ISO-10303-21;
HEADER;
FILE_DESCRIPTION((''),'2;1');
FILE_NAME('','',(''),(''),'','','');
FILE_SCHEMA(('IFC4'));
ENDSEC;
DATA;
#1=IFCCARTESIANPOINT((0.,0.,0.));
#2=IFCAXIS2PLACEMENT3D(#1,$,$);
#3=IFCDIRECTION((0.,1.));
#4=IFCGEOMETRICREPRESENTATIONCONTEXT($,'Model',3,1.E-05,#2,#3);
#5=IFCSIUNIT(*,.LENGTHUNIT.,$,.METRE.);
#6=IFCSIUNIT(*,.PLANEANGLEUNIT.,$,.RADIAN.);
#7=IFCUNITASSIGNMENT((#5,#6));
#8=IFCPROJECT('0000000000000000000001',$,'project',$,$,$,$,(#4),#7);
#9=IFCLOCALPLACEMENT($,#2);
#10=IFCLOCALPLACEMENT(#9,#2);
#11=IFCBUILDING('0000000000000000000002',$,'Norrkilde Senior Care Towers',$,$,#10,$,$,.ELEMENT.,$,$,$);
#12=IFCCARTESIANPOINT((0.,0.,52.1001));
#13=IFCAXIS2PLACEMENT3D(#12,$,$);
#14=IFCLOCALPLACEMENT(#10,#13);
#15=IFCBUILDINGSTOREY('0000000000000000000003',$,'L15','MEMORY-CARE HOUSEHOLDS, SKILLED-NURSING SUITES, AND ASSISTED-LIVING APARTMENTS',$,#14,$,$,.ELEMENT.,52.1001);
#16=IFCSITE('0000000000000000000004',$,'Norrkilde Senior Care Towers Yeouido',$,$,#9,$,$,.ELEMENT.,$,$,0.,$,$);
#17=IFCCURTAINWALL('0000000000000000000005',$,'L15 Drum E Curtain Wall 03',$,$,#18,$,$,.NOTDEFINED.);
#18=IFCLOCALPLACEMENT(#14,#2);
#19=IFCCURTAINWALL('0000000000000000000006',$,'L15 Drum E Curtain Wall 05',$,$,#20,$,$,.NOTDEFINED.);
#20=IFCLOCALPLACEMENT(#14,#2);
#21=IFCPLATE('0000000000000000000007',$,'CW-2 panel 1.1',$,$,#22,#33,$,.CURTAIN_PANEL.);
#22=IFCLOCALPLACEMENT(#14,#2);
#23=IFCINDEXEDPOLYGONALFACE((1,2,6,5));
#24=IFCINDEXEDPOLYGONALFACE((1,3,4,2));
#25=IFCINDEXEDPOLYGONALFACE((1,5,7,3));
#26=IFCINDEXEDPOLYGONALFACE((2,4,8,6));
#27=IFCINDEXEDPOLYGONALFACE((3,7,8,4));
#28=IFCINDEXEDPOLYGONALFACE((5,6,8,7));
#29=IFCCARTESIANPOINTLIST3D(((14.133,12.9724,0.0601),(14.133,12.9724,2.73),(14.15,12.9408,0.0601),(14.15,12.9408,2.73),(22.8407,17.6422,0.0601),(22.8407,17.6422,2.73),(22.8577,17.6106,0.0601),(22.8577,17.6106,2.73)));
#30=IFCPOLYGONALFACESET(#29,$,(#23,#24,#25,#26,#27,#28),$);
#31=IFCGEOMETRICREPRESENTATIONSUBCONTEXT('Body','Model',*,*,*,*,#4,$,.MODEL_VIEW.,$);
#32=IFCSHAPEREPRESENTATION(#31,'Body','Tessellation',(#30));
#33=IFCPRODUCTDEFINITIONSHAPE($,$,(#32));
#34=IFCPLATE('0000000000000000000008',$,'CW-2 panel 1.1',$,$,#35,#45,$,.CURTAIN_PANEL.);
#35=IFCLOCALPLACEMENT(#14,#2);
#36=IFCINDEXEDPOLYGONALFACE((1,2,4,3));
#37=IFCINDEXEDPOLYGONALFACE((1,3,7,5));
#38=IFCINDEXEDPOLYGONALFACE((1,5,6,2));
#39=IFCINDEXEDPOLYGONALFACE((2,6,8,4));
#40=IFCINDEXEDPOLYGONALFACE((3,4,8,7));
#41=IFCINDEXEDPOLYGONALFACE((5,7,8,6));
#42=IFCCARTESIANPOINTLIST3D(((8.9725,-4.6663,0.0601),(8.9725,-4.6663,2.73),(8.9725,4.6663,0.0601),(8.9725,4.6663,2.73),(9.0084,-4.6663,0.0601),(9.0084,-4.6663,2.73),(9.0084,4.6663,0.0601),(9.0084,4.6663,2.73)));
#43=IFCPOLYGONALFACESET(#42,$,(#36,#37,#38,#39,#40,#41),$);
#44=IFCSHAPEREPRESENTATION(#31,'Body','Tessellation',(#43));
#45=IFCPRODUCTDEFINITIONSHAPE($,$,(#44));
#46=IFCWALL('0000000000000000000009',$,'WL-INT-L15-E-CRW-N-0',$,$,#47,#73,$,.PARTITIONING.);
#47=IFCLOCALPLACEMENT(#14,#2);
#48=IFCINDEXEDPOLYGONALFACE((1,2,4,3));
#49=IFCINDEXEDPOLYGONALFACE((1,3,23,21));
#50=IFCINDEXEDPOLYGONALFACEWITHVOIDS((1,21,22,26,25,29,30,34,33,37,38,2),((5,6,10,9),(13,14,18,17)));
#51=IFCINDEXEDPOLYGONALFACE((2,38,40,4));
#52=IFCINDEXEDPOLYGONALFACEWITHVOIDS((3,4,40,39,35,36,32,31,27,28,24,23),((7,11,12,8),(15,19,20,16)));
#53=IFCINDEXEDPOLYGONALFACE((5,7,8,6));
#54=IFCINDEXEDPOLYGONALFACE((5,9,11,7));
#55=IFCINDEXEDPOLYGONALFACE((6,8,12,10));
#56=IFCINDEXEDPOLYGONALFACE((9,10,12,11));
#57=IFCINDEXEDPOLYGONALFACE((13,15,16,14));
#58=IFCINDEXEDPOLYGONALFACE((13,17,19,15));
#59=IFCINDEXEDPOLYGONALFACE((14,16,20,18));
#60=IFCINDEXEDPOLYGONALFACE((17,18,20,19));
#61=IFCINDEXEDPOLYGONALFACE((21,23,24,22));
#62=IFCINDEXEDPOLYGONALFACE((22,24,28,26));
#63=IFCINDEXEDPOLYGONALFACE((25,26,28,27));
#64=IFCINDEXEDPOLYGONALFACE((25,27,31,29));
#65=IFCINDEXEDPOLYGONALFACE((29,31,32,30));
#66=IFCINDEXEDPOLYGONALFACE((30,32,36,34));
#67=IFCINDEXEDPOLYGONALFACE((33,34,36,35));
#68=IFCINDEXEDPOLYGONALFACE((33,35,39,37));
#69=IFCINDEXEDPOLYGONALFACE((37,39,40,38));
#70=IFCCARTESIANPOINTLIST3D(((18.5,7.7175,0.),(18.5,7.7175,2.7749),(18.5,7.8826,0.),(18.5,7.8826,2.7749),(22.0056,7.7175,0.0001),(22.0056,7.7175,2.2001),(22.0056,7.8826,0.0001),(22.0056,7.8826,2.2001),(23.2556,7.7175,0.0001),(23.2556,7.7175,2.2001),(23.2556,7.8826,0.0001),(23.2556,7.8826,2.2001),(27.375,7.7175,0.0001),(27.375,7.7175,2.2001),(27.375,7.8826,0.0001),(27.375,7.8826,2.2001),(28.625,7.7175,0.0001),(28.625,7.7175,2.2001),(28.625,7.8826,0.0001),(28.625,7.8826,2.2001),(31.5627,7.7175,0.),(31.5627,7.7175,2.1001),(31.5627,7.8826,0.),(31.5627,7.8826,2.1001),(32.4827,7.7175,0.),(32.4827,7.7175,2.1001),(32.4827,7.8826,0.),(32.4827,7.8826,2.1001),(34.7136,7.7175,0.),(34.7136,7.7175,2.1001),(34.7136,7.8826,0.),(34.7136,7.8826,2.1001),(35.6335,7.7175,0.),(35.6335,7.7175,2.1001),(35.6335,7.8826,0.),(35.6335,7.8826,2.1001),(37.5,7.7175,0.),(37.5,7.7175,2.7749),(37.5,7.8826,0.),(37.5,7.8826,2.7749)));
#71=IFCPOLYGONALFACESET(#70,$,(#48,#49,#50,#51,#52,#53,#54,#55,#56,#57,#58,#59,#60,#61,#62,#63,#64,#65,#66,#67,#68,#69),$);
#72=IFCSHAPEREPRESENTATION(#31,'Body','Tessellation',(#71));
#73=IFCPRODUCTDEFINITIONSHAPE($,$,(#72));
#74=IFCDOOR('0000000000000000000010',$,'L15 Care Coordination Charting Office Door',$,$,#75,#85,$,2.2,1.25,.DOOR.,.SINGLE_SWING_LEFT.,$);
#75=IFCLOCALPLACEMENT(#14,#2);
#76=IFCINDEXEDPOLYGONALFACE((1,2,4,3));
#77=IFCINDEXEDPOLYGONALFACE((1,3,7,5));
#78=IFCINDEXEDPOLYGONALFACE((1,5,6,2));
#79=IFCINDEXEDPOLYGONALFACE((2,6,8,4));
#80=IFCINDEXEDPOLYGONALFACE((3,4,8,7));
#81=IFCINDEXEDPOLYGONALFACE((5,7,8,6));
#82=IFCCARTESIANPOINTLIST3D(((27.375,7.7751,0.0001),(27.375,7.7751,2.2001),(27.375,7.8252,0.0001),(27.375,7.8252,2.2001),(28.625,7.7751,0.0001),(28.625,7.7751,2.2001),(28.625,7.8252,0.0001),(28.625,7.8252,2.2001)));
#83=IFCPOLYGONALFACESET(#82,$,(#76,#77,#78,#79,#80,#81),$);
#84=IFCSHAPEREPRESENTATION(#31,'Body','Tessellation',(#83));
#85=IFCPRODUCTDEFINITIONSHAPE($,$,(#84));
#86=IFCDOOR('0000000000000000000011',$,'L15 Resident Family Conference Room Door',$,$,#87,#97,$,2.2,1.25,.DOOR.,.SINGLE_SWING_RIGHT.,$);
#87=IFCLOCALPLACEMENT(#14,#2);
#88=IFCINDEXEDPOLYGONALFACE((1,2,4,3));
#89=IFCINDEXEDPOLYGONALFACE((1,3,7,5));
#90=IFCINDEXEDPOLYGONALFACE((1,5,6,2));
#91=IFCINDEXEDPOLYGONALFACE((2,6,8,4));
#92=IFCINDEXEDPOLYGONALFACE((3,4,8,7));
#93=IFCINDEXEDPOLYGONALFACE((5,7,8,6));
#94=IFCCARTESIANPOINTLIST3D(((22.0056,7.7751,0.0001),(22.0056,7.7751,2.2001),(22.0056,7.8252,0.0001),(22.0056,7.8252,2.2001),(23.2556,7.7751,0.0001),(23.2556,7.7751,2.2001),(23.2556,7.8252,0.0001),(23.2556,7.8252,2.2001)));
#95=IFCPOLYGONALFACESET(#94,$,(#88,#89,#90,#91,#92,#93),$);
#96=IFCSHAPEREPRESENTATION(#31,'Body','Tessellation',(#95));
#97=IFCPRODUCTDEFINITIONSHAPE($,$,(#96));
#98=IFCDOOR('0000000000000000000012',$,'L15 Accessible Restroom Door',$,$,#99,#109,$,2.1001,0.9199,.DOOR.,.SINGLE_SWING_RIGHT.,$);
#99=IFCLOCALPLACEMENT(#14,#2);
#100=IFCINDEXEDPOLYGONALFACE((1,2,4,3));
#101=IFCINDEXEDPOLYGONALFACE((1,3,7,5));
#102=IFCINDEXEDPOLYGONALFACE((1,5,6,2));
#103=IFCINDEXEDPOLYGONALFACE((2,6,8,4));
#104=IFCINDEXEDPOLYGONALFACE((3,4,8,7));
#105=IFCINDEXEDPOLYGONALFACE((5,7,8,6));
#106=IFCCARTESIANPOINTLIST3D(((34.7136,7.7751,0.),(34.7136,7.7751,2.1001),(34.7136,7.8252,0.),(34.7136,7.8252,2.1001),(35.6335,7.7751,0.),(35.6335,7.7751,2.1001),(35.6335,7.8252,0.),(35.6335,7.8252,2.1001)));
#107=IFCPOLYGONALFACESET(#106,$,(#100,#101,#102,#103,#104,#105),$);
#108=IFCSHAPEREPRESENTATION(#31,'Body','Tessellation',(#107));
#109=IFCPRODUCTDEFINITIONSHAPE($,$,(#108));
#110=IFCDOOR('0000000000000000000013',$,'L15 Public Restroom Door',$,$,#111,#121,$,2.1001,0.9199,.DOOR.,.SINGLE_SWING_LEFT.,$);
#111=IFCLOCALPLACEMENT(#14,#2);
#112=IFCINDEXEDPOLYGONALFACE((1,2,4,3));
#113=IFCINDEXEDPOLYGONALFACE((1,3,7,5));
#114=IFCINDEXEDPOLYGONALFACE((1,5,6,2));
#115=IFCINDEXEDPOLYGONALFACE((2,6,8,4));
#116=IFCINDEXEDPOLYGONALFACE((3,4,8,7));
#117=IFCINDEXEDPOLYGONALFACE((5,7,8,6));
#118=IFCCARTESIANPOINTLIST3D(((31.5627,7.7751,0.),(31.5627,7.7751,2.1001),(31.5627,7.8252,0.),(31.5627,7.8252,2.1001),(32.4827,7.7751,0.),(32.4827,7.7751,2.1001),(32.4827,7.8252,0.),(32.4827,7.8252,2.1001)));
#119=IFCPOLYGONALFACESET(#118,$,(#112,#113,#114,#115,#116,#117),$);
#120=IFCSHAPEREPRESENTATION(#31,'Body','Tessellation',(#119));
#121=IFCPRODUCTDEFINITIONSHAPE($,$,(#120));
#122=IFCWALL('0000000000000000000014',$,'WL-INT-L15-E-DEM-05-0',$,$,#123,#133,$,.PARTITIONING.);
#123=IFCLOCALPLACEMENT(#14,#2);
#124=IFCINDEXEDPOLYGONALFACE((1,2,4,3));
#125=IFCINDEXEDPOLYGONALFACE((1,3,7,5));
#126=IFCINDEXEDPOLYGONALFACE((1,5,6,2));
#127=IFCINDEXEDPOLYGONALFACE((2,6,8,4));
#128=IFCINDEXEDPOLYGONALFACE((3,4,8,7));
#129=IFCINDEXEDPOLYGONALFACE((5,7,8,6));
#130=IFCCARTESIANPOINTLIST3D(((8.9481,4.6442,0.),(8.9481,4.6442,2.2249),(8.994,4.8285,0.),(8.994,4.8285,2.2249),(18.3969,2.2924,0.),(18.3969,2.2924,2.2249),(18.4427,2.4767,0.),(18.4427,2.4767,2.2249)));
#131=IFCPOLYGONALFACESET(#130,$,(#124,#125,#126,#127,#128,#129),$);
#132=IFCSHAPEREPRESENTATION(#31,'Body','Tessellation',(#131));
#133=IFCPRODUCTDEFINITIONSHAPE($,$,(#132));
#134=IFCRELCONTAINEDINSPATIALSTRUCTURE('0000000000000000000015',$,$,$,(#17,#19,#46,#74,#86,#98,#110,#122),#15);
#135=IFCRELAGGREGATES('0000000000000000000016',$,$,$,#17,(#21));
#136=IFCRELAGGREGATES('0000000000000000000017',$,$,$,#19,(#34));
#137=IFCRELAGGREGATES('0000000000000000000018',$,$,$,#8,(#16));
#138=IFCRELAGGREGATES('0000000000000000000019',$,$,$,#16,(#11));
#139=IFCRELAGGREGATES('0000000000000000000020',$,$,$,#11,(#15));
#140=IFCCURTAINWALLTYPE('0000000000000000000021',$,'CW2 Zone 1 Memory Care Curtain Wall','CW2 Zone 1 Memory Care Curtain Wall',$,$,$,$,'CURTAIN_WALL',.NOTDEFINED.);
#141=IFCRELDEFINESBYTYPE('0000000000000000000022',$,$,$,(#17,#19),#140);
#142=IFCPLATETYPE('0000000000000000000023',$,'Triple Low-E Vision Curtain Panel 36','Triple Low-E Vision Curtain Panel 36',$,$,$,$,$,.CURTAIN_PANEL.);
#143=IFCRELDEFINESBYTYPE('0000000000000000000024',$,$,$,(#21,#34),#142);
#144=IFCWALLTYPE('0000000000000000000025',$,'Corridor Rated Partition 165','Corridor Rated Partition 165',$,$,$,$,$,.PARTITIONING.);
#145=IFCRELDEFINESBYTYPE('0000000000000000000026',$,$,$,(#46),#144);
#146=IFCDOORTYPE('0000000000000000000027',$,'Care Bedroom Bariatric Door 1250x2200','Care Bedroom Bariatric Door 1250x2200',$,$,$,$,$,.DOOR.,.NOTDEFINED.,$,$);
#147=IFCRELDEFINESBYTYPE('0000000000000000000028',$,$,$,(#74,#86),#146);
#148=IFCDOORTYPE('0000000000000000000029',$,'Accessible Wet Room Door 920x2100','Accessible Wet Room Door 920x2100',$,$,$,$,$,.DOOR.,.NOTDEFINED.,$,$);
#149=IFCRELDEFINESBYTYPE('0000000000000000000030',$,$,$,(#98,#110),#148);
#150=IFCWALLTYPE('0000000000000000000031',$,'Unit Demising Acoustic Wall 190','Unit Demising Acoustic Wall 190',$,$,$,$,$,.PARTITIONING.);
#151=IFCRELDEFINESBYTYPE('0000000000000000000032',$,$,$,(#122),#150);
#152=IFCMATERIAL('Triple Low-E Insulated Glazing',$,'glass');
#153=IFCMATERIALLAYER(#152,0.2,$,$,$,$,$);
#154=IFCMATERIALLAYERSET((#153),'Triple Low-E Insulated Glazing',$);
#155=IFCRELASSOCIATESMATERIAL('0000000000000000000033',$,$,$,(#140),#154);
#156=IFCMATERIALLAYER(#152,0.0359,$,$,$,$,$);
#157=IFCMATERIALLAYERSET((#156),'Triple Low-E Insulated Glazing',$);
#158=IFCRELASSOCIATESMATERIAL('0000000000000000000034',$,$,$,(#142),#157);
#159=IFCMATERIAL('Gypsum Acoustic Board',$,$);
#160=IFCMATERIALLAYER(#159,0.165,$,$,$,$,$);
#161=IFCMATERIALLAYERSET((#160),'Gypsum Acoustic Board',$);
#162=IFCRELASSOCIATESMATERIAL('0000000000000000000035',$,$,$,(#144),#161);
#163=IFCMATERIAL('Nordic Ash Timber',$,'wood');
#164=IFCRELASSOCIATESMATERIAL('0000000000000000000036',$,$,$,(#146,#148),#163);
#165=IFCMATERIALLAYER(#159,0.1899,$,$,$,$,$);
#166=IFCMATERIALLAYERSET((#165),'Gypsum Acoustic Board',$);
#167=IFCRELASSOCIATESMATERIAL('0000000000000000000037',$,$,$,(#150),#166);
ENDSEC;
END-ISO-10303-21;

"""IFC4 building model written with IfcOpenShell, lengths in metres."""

from ifc_helpers import new_model, si_unit, direction, frame, frame_2d, origin, origin_2d, place, context, subcontext, project, spatial, rectangle, extrude, source, transform, mapped, material, layer, layer_set, type_object, type_shapes, element, fill, aggregate, save


model = new_model("IFC4")

# Units and contexts
model_context = context("Model", 3, precision=1e-05, world=origin(), true_north=direction((0.0, 1.0)))
body_context = subcontext(model_context, "Body", "Model", "MODEL_VIEW")
ifc_project = project(units=[si_unit("LENGTHUNIT", "METRE"), si_unit("PLANEANGLEUNIT", "RADIAN")], contexts=[model_context])

# Site, building, storey
site_placement = place(None, origin())
site = spatial("IfcSite", under=ifc_project, at=site_placement, Name="Norrkilde Senior Care Towers Yeouido", CompositionType="ELEMENT", RefElevation=0.0)
building_placement = place(site_placement, origin())
building = spatial("IfcBuilding", under=site, at=building_placement, Name="Norrkilde Senior Care Towers", CompositionType="ELEMENT")
storey_placement = place(building_placement, frame((0.0, 0.0, 52.1001)))
storey = spatial("IfcBuildingStorey", under=building, at=storey_placement, Name="L15", Description="MEMORY-CARE HOUSEHOLDS, SKILLED-NURSING SUITES, AND ASSISTED-LIVING APARTMENTS", CompositionType="ELEMENT", Elevation=52.1001)

# Curtain wall
ifc_material_1 = material(Name="Triple Low-E Insulated Glazing", Category="glass")
ifc_layer_1 = layer(ifc_material_1, 0.2)
ifc_layer_set_1 = layer_set([ifc_layer_1], Name="Triple Low-E Insulated Glazing")
curtain_wall_type = type_object("IfcCurtainWallType", Name="CW2 Zone 1 Memory Care Curtain Wall", Description="CW2 Zone 1 Memory Care Curtain Wall", ElementType="CURTAIN_WALL", PredefinedType="NOTDEFINED", material=ifc_layer_set_1)
curtain_wall_1_placement = place(storey_placement, origin())
curtain_wall_1 = element("IfcCurtainWall", 1, at=curtain_wall_1_placement, inside=storey, type_object=curtain_wall_type, Name="L15 Drum E Curtain Wall 03", PredefinedType="NOTDEFINED")

# Curtain wall
curtain_wall_2_placement = place(storey_placement, origin())
curtain_wall_2 = element("IfcCurtainWall", 2, at=curtain_wall_2_placement, inside=storey, type_object=curtain_wall_type, Name="L15 Drum E Curtain Wall 05", PredefinedType="NOTDEFINED")

# Plates
ifc_layer_2 = layer(ifc_material_1, 0.0359)
ifc_layer_set_2 = layer_set([ifc_layer_2], Name="Triple Low-E Insulated Glazing")
plate_type = type_object("IfcPlateType", Name="Triple Low-E Vision Curtain Panel 36", Description="Triple Low-E Vision Curtain Panel 36", PredefinedType="CURTAIN_PANEL", material=ifc_layer_set_2)
shared_shape_1 = source(origin(), body_context, "Body", "SweptSolid", [
    extrude(rectangle(XDim=9.8809, YDim=0.0359, at=origin_2d()), origin(), (0.0, 0.0, 1.0), 2.6699),
])
plate_1_placement = place(storey_placement, frame((18.4954, 15.2915, 0.0601), z_axis=(0.0, 0.0, 1.0), x_axis=(0.881273, 0.472608, 0.0)))
plate_1 = element("IfcPlate", 3, at=plate_1_placement, type_object=plate_type, Name="CW-2 panel 1.1", PredefinedType="CURTAIN_PANEL", context=body_context, shape_type="MappedRepresentation", body=[
    mapped(shared_shape_1, transform((0.0, 0.0, 0.0), x_axis=(1.0, 0.0, 0.0), y_axis=(0.0, 1.0, 0.0), z_axis=(0.0, 0.0, 1.0), scale=1.0)),
])
aggregate(curtain_wall_1, [plate_1])
shared_shape_2 = source(origin(), body_context, "Body", "SweptSolid", [
    extrude(rectangle(XDim=9.3325, YDim=0.0359, at=origin_2d()), origin(), (0.0, 0.0, 1.0), 2.6699),
])
plate_2_placement = place(storey_placement, frame((8.9905, 0.0, 0.0601), z_axis=(0.0, 0.0, 1.0), x_axis=(0.0, 1.0, 0.0)))
plate_2 = element("IfcPlate", 4, at=plate_2_placement, type_object=plate_type, Name="CW-2 panel 1.1", PredefinedType="CURTAIN_PANEL", context=body_context, shape_type="MappedRepresentation", body=[
    mapped(shared_shape_2, transform((0.0, 0.0, 0.0), x_axis=(1.0, 0.0, 0.0), y_axis=(0.0, 1.0, 0.0), z_axis=(0.0, 0.0, 1.0), scale=1.0)),
])
aggregate(curtain_wall_2, [plate_2])

# Wall, openings, doors
ifc_material_2 = material(Name="Gypsum Acoustic Board")
ifc_layer_3 = layer(ifc_material_2, 0.165)
ifc_layer_set_3 = layer_set([ifc_layer_3], Name="Gypsum Acoustic Board")
wall_type_1 = type_object("IfcWallType", Name="Corridor Rated Partition 165", Description="Corridor Rated Partition 165", PredefinedType="PARTITIONING", material=ifc_layer_set_3)
shared_shape_3 = source(origin(), body_context, "Body", "SweptSolid", [
    extrude(rectangle(XDim=19.0, YDim=0.165, at=frame_2d((9.5, 0.0))), origin(), (0.0, 0.0, 1.0), 2.7749),
])
type_shapes(wall_type_1, [shared_shape_3])
wall_1_placement = place(storey_placement, frame((18.5, 7.8, 0.0), z_axis=(0.0, 0.0, 1.0), x_axis=(1.0, 0.0, 0.0)))
wall_1 = element("IfcWall", 5, at=wall_1_placement, inside=storey, type_object=wall_type_1, Name="WL-INT-L15-E-CRW-N-0", PredefinedType="PARTITIONING", context=body_context, shape_type="MappedRepresentation", body=[
    mapped(shared_shape_3, transform((0.0, 0.0, 0.0), x_axis=(1.0, 0.0, 0.0), y_axis=(0.0, 1.0, 0.0), z_axis=(0.0, 0.0, 1.0), scale=1.0)),
])
opening_1_placement = place(wall_1_placement, frame((16.2136, 0.0, 0.0)))
opening_1 = element("IfcOpeningElement", 6, at=opening_1_placement, cuts=wall_1, PredefinedType="OPENING", context=body_context, shape_type="SweptSolid", body=[
    extrude(rectangle(XDim=0.9199, YDim=2.1001, at=frame_2d((0.46, 1.05))), frame((0.0, 0.0925, 0.0), z_axis=(0.0, -1.0, 0.0), x_axis=(1.0, 0.0, 0.0)), (0.0, 0.0, 1.0), 0.1851),
])
opening_2_placement = place(wall_1_placement, frame((13.0627, 0.0, 0.0)))
opening_2 = element("IfcOpeningElement", 7, at=opening_2_placement, cuts=wall_1, PredefinedType="OPENING", context=body_context, shape_type="SweptSolid", body=[
    extrude(rectangle(XDim=0.9199, YDim=2.1001, at=frame_2d((0.46, 1.05))), frame((0.0, 0.0925, 0.0), z_axis=(0.0, -1.0, 0.0), x_axis=(1.0, 0.0, 0.0)), (0.0, 0.0, 1.0), 0.1851),
])
opening_3_placement = place(wall_1_placement, frame((8.875, 0.0, 0.0)))
opening_3 = element("IfcOpeningElement", 8, at=opening_3_placement, cuts=wall_1, PredefinedType="OPENING", context=body_context, shape_type="SweptSolid", body=[
    extrude(rectangle(XDim=1.25, YDim=2.2, at=frame_2d((0.625, 1.1001))), frame((0.0, 0.0925, 0.0), z_axis=(0.0, -1.0, 0.0), x_axis=(1.0, 0.0, 0.0)), (0.0, 0.0, 1.0), 0.1851),
])
opening_4_placement = place(wall_1_placement, frame((3.5056, 0.0, 0.0)))
opening_4 = element("IfcOpeningElement", 9, at=opening_4_placement, cuts=wall_1, PredefinedType="OPENING", context=body_context, shape_type="SweptSolid", body=[
    extrude(rectangle(XDim=1.25, YDim=2.2, at=frame_2d((0.625, 1.1001))), frame((0.0, 0.0925, 0.0), z_axis=(0.0, -1.0, 0.0), x_axis=(1.0, 0.0, 0.0)), (0.0, 0.0, 1.0), 0.1851),
])
ifc_material_3 = material(Name="Nordic Ash Timber", Category="wood")
door_type_1 = type_object("IfcDoorType", Name="Care Bedroom Bariatric Door 1250x2200", Description="Care Bedroom Bariatric Door 1250x2200", OperationType="NOTDEFINED", PredefinedType="DOOR", material=ifc_material_3)
shared_shape_4 = source(origin(), body_context, "Body", "SweptSolid", [
    extrude(rectangle(XDim=1.25, YDim=2.2, at=frame_2d((0.625, 1.1001))), frame((0.0, 0.0249, 0.0), z_axis=(0.0, -1.0, 0.0), x_axis=(1.0, 0.0, 0.0)), (0.0, 0.0, 1.0), 0.05),
])
type_shapes(door_type_1, [shared_shape_4])
door_1_placement = place(opening_3_placement, frame((1.25, 0.0, 0.0), z_axis=(0.0, 0.0, 1.0), x_axis=(-1.0, 0.0, 0.0)))
door_1 = element("IfcDoor", 10, at=door_1_placement, inside=storey, type_object=door_type_1, Name="L15 Care Coordination Charting Office Door", OperationType="SINGLE_SWING_LEFT", OverallHeight=2.2, OverallWidth=1.25, PredefinedType="DOOR", context=body_context, shape_type="MappedRepresentation", body=[
    mapped(shared_shape_4, transform((0.0, 0.0, 0.0), x_axis=(1.0, 0.0, 0.0), y_axis=(0.0, 1.0, 0.0), z_axis=(0.0, 0.0, 1.0), scale=1.0)),
])
fill(opening_3, door_1)
door_2_placement = place(opening_4_placement, frame((1.25, 0.0, 0.0), z_axis=(0.0, 0.0, 1.0), x_axis=(-1.0, 0.0, 0.0)))
door_2 = element("IfcDoor", 11, at=door_2_placement, inside=storey, type_object=door_type_1, Name="L15 Resident Family Conference Room Door", OperationType="SINGLE_SWING_RIGHT", OverallHeight=2.2, OverallWidth=1.25, PredefinedType="DOOR", context=body_context, shape_type="MappedRepresentation", body=[
    mapped(shared_shape_4, transform((0.0, 0.0, 0.0), x_axis=(1.0, 0.0, 0.0), y_axis=(0.0, 1.0, 0.0), z_axis=(0.0, 0.0, 1.0), scale=1.0)),
])
fill(opening_4, door_2)
door_type_2 = type_object("IfcDoorType", Name="Accessible Wet Room Door 920x2100", Description="Accessible Wet Room Door 920x2100", OperationType="NOTDEFINED", PredefinedType="DOOR", material=ifc_material_3)
shared_shape_5 = source(origin(), body_context, "Body", "SweptSolid", [
    extrude(rectangle(XDim=0.9199, YDim=2.1001, at=frame_2d((0.46, 1.05))), frame((0.0, 0.0249, 0.0), z_axis=(0.0, -1.0, 0.0), x_axis=(1.0, 0.0, 0.0)), (0.0, 0.0, 1.0), 0.05),
])
type_shapes(door_type_2, [shared_shape_5])
door_3_placement = place(opening_1_placement, frame((0.9199, 0.0, 0.0), z_axis=(0.0, 0.0, 1.0), x_axis=(-1.0, 0.0, 0.0)))
door_3 = element("IfcDoor", 12, at=door_3_placement, inside=storey, type_object=door_type_2, Name="L15 Accessible Restroom Door", OperationType="SINGLE_SWING_RIGHT", OverallHeight=2.1001, OverallWidth=0.9199, PredefinedType="DOOR", context=body_context, shape_type="MappedRepresentation", body=[
    mapped(shared_shape_5, transform((0.0, 0.0, 0.0), x_axis=(1.0, 0.0, 0.0), y_axis=(0.0, 1.0, 0.0), z_axis=(0.0, 0.0, 1.0), scale=1.0)),
])
fill(opening_1, door_3)
door_4_placement = place(opening_2_placement, frame((0.9199, 0.0, 0.0), z_axis=(0.0, 0.0, 1.0), x_axis=(-1.0, 0.0, 0.0)))
door_4 = element("IfcDoor", 13, at=door_4_placement, inside=storey, type_object=door_type_2, Name="L15 Public Restroom Door", OperationType="SINGLE_SWING_LEFT", OverallHeight=2.1001, OverallWidth=0.9199, PredefinedType="DOOR", context=body_context, shape_type="MappedRepresentation", body=[
    mapped(shared_shape_5, transform((0.0, 0.0, 0.0), x_axis=(1.0, 0.0, 0.0), y_axis=(0.0, 1.0, 0.0), z_axis=(0.0, 0.0, 1.0), scale=1.0)),
])
fill(opening_2, door_4)

# Wall
ifc_layer_4 = layer(ifc_material_2, 0.1899)
ifc_layer_set_4 = layer_set([ifc_layer_4], Name="Gypsum Acoustic Board")
wall_type_2 = type_object("IfcWallType", Name="Unit Demising Acoustic Wall 190", Description="Unit Demising Acoustic Wall 190", PredefinedType="PARTITIONING", material=ifc_layer_set_4)
shared_shape_6 = source(origin(), body_context, "Body", "SweptSolid", [
    extrude(rectangle(XDim=9.7371, YDim=0.1899, at=frame_2d((4.8687, 0.0))), origin(), (0.0, 0.0, 1.0), 2.2249),
])
type_shapes(wall_type_2, [shared_shape_6])
wall_2_placement = place(storey_placement, frame((18.4199, 2.3845, 0.0), z_axis=(0.0, 0.0, 1.0), x_axis=(-0.970393, 0.241533, 0.0)))
element("IfcWall", 14, at=wall_2_placement, inside=storey, type_object=wall_type_2, Name="WL-INT-L15-E-DEM-05-0", PredefinedType="PARTITIONING", context=body_context, shape_type="MappedRepresentation", body=[
    mapped(shared_shape_6, transform((0.0, 0.0, 0.0), x_axis=(1.0, 0.0, 0.0), y_axis=(0.0, 1.0, 0.0), z_axis=(0.0, 0.0, 1.0), scale=1.0)),
])

save(model, "model.ifc")
